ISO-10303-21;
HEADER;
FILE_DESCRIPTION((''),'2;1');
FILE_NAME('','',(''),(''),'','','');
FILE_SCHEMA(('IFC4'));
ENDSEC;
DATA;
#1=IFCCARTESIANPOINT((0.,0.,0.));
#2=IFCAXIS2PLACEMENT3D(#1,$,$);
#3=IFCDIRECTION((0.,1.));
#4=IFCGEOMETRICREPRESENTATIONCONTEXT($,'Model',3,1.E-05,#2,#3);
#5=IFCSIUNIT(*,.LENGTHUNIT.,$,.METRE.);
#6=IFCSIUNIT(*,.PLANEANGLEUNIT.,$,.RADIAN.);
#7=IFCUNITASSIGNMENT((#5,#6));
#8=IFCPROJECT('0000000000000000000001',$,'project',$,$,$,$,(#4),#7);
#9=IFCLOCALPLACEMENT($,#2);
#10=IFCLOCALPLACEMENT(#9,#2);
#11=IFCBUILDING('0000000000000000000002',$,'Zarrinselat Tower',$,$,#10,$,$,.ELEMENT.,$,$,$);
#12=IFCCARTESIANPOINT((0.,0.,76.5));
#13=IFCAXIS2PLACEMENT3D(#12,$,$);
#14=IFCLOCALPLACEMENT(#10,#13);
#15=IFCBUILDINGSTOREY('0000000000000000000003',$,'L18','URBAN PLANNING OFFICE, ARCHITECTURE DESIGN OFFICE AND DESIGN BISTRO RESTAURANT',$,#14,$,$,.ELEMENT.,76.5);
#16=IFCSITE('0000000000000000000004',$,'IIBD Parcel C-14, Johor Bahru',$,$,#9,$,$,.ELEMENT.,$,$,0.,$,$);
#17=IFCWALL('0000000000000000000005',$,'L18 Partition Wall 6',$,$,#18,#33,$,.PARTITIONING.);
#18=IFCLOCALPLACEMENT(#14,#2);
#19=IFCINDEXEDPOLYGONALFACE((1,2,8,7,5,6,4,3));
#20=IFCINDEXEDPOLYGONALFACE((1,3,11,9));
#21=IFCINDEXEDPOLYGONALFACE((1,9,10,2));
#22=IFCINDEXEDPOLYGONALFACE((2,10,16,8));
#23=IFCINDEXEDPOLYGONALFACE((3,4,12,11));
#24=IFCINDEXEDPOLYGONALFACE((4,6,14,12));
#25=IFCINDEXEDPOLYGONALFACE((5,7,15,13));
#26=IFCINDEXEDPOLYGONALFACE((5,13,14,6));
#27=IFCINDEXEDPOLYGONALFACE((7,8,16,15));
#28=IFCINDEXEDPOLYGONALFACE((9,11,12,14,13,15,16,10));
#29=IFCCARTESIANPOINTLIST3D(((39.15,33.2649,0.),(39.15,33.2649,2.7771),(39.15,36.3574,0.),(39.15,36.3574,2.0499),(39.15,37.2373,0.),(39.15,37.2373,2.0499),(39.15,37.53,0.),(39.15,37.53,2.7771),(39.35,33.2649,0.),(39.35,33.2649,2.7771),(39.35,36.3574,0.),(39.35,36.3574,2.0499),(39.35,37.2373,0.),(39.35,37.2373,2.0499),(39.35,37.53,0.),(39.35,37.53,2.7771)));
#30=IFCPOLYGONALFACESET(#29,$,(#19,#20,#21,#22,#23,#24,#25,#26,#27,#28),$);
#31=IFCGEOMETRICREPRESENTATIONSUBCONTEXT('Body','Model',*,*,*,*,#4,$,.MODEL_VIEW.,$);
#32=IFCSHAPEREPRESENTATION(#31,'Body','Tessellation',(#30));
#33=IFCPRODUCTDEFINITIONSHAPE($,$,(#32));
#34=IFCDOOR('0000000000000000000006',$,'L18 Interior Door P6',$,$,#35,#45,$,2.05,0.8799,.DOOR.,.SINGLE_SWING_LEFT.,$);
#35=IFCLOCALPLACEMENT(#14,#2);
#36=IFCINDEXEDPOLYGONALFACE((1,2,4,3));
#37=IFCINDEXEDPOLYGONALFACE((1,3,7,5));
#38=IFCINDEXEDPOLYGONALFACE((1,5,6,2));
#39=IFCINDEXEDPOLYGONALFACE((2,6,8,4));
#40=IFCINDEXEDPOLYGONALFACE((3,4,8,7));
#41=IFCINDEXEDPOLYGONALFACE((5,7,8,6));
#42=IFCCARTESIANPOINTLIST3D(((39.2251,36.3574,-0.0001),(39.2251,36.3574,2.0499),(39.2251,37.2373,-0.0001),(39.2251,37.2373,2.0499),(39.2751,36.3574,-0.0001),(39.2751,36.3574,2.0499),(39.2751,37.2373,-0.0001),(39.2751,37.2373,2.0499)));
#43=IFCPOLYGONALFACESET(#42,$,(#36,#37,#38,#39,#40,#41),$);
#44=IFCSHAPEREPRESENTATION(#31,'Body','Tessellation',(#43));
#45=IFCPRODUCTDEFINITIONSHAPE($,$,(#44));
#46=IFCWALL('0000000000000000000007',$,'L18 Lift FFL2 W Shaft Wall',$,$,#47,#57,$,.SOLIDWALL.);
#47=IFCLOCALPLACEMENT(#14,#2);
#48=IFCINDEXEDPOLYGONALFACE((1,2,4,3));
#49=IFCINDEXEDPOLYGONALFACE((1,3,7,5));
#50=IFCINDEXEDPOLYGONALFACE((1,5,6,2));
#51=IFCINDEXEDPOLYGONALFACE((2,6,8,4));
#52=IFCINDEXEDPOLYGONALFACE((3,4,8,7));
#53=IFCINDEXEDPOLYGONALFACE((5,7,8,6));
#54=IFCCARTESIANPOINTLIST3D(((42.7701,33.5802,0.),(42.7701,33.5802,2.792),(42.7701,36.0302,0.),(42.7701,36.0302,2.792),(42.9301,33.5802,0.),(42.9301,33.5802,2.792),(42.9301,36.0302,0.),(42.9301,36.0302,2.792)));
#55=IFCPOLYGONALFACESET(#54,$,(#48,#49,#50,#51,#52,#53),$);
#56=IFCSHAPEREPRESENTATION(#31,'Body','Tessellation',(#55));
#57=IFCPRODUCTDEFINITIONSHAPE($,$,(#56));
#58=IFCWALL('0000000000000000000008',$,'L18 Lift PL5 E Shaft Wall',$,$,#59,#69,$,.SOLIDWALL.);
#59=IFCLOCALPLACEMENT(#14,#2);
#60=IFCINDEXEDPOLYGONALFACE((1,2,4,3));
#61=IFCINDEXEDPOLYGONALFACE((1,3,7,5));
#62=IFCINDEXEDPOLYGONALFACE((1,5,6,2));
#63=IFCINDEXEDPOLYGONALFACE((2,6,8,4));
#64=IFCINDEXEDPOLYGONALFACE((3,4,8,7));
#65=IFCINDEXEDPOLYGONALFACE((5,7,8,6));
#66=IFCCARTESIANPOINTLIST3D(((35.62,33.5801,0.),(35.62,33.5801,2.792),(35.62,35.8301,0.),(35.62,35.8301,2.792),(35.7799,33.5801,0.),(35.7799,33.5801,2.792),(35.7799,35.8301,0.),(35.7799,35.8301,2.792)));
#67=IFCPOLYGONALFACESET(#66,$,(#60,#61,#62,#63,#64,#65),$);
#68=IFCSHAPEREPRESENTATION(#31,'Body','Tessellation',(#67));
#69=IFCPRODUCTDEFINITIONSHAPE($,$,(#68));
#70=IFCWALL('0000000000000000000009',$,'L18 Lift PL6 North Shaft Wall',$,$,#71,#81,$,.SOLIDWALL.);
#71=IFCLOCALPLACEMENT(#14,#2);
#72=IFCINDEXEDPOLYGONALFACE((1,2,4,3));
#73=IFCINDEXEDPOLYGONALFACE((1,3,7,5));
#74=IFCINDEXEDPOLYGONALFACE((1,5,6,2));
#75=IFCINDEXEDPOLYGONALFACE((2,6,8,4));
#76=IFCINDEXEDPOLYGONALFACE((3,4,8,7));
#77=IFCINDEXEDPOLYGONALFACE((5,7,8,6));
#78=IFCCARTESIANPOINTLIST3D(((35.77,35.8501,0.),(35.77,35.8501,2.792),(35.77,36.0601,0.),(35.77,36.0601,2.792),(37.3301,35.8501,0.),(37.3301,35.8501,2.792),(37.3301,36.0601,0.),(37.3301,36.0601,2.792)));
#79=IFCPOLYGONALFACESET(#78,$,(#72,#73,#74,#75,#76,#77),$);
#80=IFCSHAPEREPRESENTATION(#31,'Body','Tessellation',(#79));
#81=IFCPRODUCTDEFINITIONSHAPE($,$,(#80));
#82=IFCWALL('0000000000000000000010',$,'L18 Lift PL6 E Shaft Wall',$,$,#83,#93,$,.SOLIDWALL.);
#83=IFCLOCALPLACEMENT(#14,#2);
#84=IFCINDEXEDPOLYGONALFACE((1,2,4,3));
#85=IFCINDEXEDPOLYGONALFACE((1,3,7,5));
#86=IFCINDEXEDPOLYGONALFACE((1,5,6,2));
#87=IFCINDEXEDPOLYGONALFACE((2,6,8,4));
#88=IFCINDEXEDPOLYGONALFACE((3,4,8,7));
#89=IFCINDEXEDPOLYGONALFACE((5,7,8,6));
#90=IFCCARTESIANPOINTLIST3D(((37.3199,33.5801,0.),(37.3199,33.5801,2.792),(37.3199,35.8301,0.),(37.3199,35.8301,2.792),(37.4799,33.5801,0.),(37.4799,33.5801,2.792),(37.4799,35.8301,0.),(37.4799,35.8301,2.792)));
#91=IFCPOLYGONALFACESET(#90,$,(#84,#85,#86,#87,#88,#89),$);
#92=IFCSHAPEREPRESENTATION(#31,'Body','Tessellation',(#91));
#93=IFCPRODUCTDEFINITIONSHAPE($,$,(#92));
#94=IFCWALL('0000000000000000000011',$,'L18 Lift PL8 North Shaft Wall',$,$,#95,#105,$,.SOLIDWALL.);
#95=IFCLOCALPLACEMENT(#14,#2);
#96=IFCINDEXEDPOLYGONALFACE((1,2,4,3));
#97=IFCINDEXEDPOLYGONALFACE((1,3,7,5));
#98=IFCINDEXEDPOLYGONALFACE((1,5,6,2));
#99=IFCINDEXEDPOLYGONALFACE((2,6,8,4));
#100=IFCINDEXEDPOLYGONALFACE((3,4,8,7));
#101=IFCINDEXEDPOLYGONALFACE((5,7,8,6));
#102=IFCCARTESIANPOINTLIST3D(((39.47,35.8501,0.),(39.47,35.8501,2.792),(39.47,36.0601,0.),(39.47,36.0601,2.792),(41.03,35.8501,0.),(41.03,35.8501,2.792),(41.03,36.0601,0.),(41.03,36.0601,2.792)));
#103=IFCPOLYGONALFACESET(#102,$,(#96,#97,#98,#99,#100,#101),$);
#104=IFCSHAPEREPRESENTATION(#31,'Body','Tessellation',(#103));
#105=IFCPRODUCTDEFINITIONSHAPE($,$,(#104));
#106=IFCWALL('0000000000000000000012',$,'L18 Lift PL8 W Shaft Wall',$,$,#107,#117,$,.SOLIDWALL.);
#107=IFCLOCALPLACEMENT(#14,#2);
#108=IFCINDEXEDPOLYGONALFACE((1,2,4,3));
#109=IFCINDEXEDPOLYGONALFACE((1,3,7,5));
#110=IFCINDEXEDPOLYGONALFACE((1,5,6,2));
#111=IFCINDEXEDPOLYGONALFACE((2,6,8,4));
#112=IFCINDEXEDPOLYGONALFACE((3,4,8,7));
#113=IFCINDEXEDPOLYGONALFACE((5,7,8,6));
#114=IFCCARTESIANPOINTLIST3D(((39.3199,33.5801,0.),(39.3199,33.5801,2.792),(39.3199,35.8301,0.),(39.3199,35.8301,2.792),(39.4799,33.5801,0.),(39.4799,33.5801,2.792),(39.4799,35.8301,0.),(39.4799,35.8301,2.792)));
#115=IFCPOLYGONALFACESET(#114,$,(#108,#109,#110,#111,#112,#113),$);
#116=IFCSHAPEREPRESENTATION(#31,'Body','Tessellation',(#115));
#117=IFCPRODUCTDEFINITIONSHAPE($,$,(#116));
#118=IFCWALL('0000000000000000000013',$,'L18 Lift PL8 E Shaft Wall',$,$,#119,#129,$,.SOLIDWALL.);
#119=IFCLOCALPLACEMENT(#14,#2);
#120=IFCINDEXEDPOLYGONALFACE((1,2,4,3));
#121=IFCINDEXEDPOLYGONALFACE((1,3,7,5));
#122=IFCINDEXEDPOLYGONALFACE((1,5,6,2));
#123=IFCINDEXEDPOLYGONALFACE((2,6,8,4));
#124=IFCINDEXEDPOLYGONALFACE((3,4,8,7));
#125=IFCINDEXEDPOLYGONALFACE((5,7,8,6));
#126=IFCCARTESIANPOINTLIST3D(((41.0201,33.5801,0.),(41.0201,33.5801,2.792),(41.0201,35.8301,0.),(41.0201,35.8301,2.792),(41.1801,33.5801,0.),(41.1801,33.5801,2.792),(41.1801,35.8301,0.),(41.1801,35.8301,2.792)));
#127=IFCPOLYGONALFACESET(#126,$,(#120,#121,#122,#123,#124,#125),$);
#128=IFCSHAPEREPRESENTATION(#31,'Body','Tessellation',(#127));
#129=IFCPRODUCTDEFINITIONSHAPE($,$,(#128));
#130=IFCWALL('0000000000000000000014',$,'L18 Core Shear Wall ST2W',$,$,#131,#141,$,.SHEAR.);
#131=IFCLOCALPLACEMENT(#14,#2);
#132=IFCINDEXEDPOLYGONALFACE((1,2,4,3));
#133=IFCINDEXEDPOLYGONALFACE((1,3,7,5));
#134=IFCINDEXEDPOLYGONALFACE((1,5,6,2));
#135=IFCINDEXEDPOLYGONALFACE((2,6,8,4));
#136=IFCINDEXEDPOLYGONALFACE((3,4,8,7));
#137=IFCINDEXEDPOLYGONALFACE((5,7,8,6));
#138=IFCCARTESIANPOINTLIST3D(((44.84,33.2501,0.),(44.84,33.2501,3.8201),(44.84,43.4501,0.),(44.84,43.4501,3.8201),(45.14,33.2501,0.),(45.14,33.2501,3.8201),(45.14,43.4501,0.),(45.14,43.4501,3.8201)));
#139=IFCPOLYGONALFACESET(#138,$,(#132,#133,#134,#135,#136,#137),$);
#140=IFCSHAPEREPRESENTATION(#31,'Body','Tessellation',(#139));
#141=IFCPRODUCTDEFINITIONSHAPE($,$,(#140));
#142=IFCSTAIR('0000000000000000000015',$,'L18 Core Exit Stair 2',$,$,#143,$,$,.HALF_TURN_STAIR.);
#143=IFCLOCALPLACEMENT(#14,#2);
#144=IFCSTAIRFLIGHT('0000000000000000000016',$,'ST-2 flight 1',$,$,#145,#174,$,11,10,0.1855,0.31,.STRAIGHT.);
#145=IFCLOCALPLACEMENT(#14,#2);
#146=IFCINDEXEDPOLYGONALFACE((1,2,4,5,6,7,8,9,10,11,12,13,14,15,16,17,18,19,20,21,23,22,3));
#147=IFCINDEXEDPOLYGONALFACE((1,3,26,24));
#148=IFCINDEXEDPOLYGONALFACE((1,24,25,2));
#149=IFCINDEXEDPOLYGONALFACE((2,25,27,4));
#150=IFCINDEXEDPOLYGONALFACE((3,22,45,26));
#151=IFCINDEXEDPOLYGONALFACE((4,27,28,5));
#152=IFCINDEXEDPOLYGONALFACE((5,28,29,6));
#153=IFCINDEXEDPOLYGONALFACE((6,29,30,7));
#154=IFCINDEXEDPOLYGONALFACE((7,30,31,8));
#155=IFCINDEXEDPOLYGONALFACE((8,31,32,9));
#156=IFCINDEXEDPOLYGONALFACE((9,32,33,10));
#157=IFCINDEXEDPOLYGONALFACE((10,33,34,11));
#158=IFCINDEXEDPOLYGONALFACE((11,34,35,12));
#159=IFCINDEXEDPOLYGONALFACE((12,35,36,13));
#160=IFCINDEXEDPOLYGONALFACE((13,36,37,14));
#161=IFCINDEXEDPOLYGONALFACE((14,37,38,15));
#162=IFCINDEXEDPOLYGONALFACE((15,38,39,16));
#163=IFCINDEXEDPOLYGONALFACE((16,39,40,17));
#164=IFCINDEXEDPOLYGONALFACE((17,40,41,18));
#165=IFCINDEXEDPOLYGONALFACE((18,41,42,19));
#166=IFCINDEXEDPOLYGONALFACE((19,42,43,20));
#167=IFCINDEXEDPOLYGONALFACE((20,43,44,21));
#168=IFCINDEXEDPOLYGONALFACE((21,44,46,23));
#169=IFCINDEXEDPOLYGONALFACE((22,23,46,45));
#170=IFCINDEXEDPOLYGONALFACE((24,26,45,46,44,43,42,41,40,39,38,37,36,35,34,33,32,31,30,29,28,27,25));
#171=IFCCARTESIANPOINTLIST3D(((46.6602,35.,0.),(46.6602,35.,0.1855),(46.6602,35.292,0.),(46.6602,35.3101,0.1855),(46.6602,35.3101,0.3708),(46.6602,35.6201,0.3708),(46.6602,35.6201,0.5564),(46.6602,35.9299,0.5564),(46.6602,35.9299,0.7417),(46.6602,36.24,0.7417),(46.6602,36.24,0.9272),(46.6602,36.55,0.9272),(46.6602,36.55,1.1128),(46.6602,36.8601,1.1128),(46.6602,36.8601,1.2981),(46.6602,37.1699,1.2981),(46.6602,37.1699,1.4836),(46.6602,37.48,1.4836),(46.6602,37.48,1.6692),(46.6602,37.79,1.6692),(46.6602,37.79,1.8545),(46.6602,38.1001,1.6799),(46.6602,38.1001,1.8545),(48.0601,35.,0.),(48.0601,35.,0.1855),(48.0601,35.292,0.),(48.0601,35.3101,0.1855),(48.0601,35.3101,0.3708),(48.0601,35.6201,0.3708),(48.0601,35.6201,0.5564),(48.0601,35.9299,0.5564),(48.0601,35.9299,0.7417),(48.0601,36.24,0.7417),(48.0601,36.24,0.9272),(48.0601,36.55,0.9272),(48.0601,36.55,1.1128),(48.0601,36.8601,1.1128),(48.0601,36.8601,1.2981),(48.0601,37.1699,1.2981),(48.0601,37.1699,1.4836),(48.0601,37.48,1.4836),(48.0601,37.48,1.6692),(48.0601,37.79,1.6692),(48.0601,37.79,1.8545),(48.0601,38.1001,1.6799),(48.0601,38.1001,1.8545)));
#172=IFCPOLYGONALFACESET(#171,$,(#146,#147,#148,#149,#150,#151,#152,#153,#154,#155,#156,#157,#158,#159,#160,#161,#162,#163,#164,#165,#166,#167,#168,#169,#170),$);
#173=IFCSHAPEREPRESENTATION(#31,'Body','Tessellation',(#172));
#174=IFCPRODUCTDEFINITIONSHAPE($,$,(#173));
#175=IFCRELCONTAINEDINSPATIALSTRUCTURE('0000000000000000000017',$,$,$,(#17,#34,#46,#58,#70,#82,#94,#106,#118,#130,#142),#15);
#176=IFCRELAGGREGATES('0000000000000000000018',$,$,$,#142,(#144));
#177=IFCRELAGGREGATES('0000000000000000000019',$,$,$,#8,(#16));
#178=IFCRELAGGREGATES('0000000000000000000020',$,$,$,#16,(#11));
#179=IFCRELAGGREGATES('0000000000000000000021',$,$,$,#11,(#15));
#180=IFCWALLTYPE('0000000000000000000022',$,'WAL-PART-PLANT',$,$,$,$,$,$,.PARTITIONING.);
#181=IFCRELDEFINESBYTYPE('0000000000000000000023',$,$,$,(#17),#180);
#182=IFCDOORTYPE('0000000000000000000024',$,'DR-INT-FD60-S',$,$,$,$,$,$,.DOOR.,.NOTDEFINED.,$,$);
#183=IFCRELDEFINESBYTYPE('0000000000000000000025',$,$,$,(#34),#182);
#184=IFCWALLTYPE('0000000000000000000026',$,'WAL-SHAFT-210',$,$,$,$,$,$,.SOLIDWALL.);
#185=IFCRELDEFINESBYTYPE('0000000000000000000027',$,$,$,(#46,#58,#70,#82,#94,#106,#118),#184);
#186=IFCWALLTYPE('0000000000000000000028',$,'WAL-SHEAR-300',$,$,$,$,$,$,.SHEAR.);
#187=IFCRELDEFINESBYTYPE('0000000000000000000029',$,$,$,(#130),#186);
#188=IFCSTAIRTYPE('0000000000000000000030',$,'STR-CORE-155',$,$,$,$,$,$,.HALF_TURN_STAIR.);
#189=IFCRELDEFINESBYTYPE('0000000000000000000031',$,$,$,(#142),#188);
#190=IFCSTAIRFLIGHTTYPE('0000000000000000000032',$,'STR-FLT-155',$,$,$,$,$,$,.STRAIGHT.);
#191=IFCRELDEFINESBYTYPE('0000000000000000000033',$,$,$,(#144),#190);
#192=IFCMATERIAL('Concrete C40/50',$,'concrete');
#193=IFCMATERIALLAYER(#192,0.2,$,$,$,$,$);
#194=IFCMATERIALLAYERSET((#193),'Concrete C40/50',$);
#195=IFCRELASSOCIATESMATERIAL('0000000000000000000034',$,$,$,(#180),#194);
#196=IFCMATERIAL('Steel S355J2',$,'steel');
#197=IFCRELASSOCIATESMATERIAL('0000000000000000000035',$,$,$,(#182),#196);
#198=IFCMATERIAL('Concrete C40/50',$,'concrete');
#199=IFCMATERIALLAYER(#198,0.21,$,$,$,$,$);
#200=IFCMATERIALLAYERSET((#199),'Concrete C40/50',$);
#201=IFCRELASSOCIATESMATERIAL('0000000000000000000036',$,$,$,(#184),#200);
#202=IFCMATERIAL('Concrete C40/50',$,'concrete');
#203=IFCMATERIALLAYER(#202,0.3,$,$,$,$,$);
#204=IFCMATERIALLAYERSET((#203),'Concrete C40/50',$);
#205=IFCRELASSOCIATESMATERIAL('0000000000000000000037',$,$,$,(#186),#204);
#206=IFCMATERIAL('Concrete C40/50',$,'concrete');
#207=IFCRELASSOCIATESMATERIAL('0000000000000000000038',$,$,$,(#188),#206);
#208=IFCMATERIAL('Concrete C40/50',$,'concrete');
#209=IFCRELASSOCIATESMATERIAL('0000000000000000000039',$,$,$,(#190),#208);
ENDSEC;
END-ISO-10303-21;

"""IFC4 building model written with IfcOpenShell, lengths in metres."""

from ifc_helpers import new_model, si_unit, direction, frame, frame_2d, origin, place, context, subcontext, project, spatial, polyline, rectangle, outline, extrude, material, layer, layer_set, type_object, element, fill, aggregate, save


model = new_model("IFC4")

# Units and contexts
model_context = context("Model", 3, precision=1e-05, world=origin(), true_north=direction((0.0, 1.0)))
body_context = subcontext(model_context, "Body", "Model", "MODEL_VIEW")
ifc_project = project(units=[si_unit("LENGTHUNIT", "METRE"), si_unit("PLANEANGLEUNIT", "RADIAN")], contexts=[model_context])

# Site, building, storey
site_placement = place(None, origin())
site = spatial("IfcSite", under=ifc_project, at=site_placement, Name="IIBD Parcel C-14, Johor Bahru", CompositionType="ELEMENT", RefElevation=0.0)
building_placement = place(site_placement, origin())
building = spatial("IfcBuilding", under=site, at=building_placement, Name="Zarrinselat Tower", CompositionType="ELEMENT")
storey_placement = place(building_placement, frame((0.0, 0.0, 76.5)))
storey = spatial("IfcBuildingStorey", under=building, at=storey_placement, Name="L18", Description="URBAN PLANNING OFFICE, ARCHITECTURE DESIGN OFFICE AND DESIGN BISTRO RESTAURANT", CompositionType="ELEMENT", Elevation=76.5)

# Wall, opening, door
ifc_material_1 = material(Name="Concrete C40/50", Category="concrete")
ifc_layer_1 = layer(ifc_material_1, 0.2)
ifc_layer_set_1 = layer_set([ifc_layer_1], Name="Concrete C40/50")
wall_type_1 = type_object("IfcWallType", Name="WAL-PART-PLANT", PredefinedType="PARTITIONING", material=ifc_layer_set_1)
ifc_material_2 = material(Name="Steel S355J2", Category="steel")
door_type_1 = type_object("IfcDoorType", Name="DR-INT-FD60-S", OperationType="NOTDEFINED", PredefinedType="DOOR", material=ifc_material_2)
wall_1_placement = place(storey_placement, frame((39.25, 33.2649, 0.0), z_axis=(0.0, 0.0, 1.0), x_axis=(0.0, 1.0, 0.0)))
wall_1 = element("IfcWall", 1, at=wall_1_placement, inside=storey, type_object=wall_type_1, Name="L18 Partition Wall 6", PredefinedType="PARTITIONING", context=body_context, shape_type="SweptSolid", body=[
    extrude(rectangle(XDim=4.2651, YDim=0.2, at=frame_2d((2.1326, 0.0))), origin(), (0.0, 0.0, 1.0), 2.7771),
])
opening_1_placement = place(wall_1_placement, frame((3.0925, 0.0, 0.0)))
opening_1 = element("IfcOpeningElement", 2, at=opening_1_placement, cuts=wall_1, PredefinedType="OPENING", context=body_context, shape_type="SweptSolid", body=[
    extrude(rectangle(XDim=0.8799, YDim=2.05, at=frame_2d((0.4399, 1.0249))), frame((0.0, 0.1099, 0.0), z_axis=(0.0, -1.0, 0.0), x_axis=(1.0, 0.0, 0.0)), (0.0, 0.0, 1.0), 0.22),
])
door_1_placement = place(opening_1_placement, origin())
door_1 = element("IfcDoor", 3, at=door_1_placement, inside=storey, type_object=door_type_1, Name="L18 Interior Door P6", OperationType="SINGLE_SWING_LEFT", OverallHeight=2.05, OverallWidth=0.8799, PredefinedType="DOOR", context=body_context, shape_type="SweptSolid", body=[
    extrude(rectangle(XDim=0.8799, YDim=2.05, at=frame_2d((0.4399, 1.0249))), frame((0.0, 0.0249, 0.0), z_axis=(0.0, -1.0, 0.0), x_axis=(1.0, 0.0, 0.0)), (0.0, 0.0, 1.0), 0.05),
])
fill(opening_1, door_1)

# Walls
ifc_material_3 = material(Name="Concrete C40/50", Category="concrete")
ifc_layer_2 = layer(ifc_material_3, 0.21)
ifc_layer_set_2 = layer_set([ifc_layer_2], Name="Concrete C40/50")
wall_type_2 = type_object("IfcWallType", Name="WAL-SHAFT-210", PredefinedType="SOLIDWALL", material=ifc_layer_set_2)
wall_2_placement = place(storey_placement, frame((42.8501, 33.5801, 0.0), z_axis=(0.0, 0.0, 1.0), x_axis=(0.0, 1.0, 0.0)))
element("IfcWall", 4, at=wall_2_placement, inside=storey, type_object=wall_type_2, Name="L18 Lift FFL2 W Shaft Wall", PredefinedType="SOLIDWALL", context=body_context, shape_type="SweptSolid", body=[
    extrude(rectangle(XDim=2.45, YDim=0.1599, at=frame_2d((1.2251, 0.0))), origin(), (0.0, 0.0, 1.0), 2.792),
])
wall_3_placement = place(storey_placement, frame((35.7, 33.5801, 0.0), z_axis=(0.0, 0.0, 1.0), x_axis=(0.0, 1.0, 0.0)))
element("IfcWall", 5, at=wall_3_placement, inside=storey, type_object=wall_type_2, Name="L18 Lift PL5 E Shaft Wall", PredefinedType="SOLIDWALL", context=body_context, shape_type="SweptSolid", body=[
    extrude(rectangle(XDim=2.25, YDim=0.1599, at=frame_2d((1.125, 0.0))), origin(), (0.0, 0.0, 1.0), 2.792),
])
wall_4_placement = place(storey_placement, frame((35.77, 35.9551, 0.0), z_axis=(0.0, 0.0, 1.0), x_axis=(1.0, 0.0, 0.0)))
element("IfcWall", 6, at=wall_4_placement, inside=storey, type_object=wall_type_2, Name="L18 Lift PL6 North Shaft Wall", PredefinedType="SOLIDWALL", context=body_context, shape_type="SweptSolid", body=[
    extrude(rectangle(XDim=1.5601, YDim=0.21, at=frame_2d((0.78, 0.0))), origin(), (0.0, 0.0, 1.0), 2.792),
])
wall_5_placement = place(storey_placement, frame((37.3999, 33.5801, 0.0), z_axis=(0.0, 0.0, 1.0), x_axis=(0.0, 1.0, 0.0)))
element("IfcWall", 7, at=wall_5_placement, inside=storey, type_object=wall_type_2, Name="L18 Lift PL6 E Shaft Wall", PredefinedType="SOLIDWALL", context=body_context, shape_type="SweptSolid", body=[
    extrude(rectangle(XDim=2.25, YDim=0.1599, at=frame_2d((1.125, 0.0))), origin(), (0.0, 0.0, 1.0), 2.792),
])
wall_6_placement = place(storey_placement, frame((39.47, 35.9551, 0.0), z_axis=(0.0, 0.0, 1.0), x_axis=(1.0, 0.0, 0.0)))
element("IfcWall", 8, at=wall_6_placement, inside=storey, type_object=wall_type_2, Name="L18 Lift PL8 North Shaft Wall", PredefinedType="SOLIDWALL", context=body_context, shape_type="SweptSolid", body=[
    extrude(rectangle(XDim=1.5601, YDim=0.21, at=frame_2d((0.78, 0.0))), origin(), (0.0, 0.0, 1.0), 2.792),
])
for number, where, z_axis, x_axis, name in (
    (9, (39.3999, 33.5801, 0.0), (0.0, 0.0, 1.0), (0.0, 1.0, 0.0), "L18 Lift PL8 W Shaft Wall"),
    (10, (41.1001, 33.5801, 0.0), (0.0, 0.0, 1.0), (0.0, 1.0, 0.0), "L18 Lift PL8 E Shaft Wall"),
):
    element("IfcWall", number, at=place(storey_placement, frame(where, z_axis=z_axis, x_axis=x_axis)), inside=storey, type_object=wall_type_2, Name=name, PredefinedType="SOLIDWALL", context=body_context, shape_type="SweptSolid", body=[
        extrude(rectangle(XDim=2.25, YDim=0.1599, at=frame_2d((1.125, 0.0))), origin(), (0.0, 0.0, 1.0), 2.792),
    ])
ifc_material_4 = material(Name="Concrete C40/50", Category="concrete")
ifc_layer_3 = layer(ifc_material_4, 0.3)
ifc_layer_set_3 = layer_set([ifc_layer_3], Name="Concrete C40/50")
wall_type_3 = type_object("IfcWallType", Name="WAL-SHEAR-300", PredefinedType="SHEAR", material=ifc_layer_set_3)
wall_7_placement = place(storey_placement, frame((44.99, 33.25, 0.0), z_axis=(0.0, 0.0, 1.0), x_axis=(0.0, 1.0, 0.0)))
element("IfcWall", 11, at=wall_7_placement, inside=storey, type_object=wall_type_3, Name="L18 Core Shear Wall ST2W", PredefinedType="SHEAR", context=body_context, shape_type="SweptSolid", body=[
    extrude(rectangle(XDim=10.2, YDim=0.3, at=frame_2d((5.1001, 0.0))), origin(), (0.0, 0.0, 1.0), 3.8201),
])

# Stair, stair flight
ifc_material_5 = material(Name="Concrete C40/50", Category="concrete")
stair_type = type_object("IfcStairType", Name="STR-CORE-155", PredefinedType="HALF_TURN_STAIR", material=ifc_material_5)
stair_placement = place(storey_placement, origin())
stair = element("IfcStair", 12, at=stair_placement, inside=storey, type_object=stair_type, Name="L18 Core Exit Stair 2", PredefinedType="HALF_TURN_STAIR")
ifc_material_6 = material(Name="Concrete C40/50", Category="concrete")
stair_flight_type = type_object("IfcStairFlightType", Name="STR-FLT-155", PredefinedType="STRAIGHT", material=ifc_material_6)
stair_flight_placement = place(storey_placement, frame((47.3601, 35.0, 0.0), z_axis=(0.0, 0.0, 1.0), x_axis=(0.0, 1.0, 0.0)))
stair_flight = element("IfcStairFlight", 13, at=stair_flight_placement, type_object=stair_flight_type, Name="ST-2 flight 1", NumberOfRisers=11, NumberOfTreads=10, PredefinedType="STRAIGHT", RiserHeight=0.1855, TreadLength=0.31, context=body_context, shape_type="SweptSolid", body=[
    extrude(outline(polyline([(0.0, 0.0), (0.0, 0.1855), (0.3101, 0.1855), (0.3101, 0.3708), (0.6201, 0.3708), (0.6201, 0.5564), (0.9299, 0.5564), (0.9299, 0.7417), (1.24, 0.7417), (1.24, 0.9272), (1.55, 0.9272), (1.55, 1.1128), (1.8601, 1.1128), (1.8601, 1.2981), (2.1699, 1.2981), (2.1699, 1.4836), (2.48, 1.4836), (2.48, 1.6692), (2.79, 1.6692), (2.79, 1.8545), (3.1001, 1.8545), (3.1001, 2.04), (3.1001, 1.6799), (0.292, 0.0), (0.0, 0.0)])), frame((0.0, 0.7, 0.0), z_axis=(0.0, -1.0, 0.0), x_axis=(1.0, 0.0, 0.0)), (0.0, 0.0, 1.0), 1.3999),
])
aggregate(stair, [stair_flight])

save(model, "model.ifc")
